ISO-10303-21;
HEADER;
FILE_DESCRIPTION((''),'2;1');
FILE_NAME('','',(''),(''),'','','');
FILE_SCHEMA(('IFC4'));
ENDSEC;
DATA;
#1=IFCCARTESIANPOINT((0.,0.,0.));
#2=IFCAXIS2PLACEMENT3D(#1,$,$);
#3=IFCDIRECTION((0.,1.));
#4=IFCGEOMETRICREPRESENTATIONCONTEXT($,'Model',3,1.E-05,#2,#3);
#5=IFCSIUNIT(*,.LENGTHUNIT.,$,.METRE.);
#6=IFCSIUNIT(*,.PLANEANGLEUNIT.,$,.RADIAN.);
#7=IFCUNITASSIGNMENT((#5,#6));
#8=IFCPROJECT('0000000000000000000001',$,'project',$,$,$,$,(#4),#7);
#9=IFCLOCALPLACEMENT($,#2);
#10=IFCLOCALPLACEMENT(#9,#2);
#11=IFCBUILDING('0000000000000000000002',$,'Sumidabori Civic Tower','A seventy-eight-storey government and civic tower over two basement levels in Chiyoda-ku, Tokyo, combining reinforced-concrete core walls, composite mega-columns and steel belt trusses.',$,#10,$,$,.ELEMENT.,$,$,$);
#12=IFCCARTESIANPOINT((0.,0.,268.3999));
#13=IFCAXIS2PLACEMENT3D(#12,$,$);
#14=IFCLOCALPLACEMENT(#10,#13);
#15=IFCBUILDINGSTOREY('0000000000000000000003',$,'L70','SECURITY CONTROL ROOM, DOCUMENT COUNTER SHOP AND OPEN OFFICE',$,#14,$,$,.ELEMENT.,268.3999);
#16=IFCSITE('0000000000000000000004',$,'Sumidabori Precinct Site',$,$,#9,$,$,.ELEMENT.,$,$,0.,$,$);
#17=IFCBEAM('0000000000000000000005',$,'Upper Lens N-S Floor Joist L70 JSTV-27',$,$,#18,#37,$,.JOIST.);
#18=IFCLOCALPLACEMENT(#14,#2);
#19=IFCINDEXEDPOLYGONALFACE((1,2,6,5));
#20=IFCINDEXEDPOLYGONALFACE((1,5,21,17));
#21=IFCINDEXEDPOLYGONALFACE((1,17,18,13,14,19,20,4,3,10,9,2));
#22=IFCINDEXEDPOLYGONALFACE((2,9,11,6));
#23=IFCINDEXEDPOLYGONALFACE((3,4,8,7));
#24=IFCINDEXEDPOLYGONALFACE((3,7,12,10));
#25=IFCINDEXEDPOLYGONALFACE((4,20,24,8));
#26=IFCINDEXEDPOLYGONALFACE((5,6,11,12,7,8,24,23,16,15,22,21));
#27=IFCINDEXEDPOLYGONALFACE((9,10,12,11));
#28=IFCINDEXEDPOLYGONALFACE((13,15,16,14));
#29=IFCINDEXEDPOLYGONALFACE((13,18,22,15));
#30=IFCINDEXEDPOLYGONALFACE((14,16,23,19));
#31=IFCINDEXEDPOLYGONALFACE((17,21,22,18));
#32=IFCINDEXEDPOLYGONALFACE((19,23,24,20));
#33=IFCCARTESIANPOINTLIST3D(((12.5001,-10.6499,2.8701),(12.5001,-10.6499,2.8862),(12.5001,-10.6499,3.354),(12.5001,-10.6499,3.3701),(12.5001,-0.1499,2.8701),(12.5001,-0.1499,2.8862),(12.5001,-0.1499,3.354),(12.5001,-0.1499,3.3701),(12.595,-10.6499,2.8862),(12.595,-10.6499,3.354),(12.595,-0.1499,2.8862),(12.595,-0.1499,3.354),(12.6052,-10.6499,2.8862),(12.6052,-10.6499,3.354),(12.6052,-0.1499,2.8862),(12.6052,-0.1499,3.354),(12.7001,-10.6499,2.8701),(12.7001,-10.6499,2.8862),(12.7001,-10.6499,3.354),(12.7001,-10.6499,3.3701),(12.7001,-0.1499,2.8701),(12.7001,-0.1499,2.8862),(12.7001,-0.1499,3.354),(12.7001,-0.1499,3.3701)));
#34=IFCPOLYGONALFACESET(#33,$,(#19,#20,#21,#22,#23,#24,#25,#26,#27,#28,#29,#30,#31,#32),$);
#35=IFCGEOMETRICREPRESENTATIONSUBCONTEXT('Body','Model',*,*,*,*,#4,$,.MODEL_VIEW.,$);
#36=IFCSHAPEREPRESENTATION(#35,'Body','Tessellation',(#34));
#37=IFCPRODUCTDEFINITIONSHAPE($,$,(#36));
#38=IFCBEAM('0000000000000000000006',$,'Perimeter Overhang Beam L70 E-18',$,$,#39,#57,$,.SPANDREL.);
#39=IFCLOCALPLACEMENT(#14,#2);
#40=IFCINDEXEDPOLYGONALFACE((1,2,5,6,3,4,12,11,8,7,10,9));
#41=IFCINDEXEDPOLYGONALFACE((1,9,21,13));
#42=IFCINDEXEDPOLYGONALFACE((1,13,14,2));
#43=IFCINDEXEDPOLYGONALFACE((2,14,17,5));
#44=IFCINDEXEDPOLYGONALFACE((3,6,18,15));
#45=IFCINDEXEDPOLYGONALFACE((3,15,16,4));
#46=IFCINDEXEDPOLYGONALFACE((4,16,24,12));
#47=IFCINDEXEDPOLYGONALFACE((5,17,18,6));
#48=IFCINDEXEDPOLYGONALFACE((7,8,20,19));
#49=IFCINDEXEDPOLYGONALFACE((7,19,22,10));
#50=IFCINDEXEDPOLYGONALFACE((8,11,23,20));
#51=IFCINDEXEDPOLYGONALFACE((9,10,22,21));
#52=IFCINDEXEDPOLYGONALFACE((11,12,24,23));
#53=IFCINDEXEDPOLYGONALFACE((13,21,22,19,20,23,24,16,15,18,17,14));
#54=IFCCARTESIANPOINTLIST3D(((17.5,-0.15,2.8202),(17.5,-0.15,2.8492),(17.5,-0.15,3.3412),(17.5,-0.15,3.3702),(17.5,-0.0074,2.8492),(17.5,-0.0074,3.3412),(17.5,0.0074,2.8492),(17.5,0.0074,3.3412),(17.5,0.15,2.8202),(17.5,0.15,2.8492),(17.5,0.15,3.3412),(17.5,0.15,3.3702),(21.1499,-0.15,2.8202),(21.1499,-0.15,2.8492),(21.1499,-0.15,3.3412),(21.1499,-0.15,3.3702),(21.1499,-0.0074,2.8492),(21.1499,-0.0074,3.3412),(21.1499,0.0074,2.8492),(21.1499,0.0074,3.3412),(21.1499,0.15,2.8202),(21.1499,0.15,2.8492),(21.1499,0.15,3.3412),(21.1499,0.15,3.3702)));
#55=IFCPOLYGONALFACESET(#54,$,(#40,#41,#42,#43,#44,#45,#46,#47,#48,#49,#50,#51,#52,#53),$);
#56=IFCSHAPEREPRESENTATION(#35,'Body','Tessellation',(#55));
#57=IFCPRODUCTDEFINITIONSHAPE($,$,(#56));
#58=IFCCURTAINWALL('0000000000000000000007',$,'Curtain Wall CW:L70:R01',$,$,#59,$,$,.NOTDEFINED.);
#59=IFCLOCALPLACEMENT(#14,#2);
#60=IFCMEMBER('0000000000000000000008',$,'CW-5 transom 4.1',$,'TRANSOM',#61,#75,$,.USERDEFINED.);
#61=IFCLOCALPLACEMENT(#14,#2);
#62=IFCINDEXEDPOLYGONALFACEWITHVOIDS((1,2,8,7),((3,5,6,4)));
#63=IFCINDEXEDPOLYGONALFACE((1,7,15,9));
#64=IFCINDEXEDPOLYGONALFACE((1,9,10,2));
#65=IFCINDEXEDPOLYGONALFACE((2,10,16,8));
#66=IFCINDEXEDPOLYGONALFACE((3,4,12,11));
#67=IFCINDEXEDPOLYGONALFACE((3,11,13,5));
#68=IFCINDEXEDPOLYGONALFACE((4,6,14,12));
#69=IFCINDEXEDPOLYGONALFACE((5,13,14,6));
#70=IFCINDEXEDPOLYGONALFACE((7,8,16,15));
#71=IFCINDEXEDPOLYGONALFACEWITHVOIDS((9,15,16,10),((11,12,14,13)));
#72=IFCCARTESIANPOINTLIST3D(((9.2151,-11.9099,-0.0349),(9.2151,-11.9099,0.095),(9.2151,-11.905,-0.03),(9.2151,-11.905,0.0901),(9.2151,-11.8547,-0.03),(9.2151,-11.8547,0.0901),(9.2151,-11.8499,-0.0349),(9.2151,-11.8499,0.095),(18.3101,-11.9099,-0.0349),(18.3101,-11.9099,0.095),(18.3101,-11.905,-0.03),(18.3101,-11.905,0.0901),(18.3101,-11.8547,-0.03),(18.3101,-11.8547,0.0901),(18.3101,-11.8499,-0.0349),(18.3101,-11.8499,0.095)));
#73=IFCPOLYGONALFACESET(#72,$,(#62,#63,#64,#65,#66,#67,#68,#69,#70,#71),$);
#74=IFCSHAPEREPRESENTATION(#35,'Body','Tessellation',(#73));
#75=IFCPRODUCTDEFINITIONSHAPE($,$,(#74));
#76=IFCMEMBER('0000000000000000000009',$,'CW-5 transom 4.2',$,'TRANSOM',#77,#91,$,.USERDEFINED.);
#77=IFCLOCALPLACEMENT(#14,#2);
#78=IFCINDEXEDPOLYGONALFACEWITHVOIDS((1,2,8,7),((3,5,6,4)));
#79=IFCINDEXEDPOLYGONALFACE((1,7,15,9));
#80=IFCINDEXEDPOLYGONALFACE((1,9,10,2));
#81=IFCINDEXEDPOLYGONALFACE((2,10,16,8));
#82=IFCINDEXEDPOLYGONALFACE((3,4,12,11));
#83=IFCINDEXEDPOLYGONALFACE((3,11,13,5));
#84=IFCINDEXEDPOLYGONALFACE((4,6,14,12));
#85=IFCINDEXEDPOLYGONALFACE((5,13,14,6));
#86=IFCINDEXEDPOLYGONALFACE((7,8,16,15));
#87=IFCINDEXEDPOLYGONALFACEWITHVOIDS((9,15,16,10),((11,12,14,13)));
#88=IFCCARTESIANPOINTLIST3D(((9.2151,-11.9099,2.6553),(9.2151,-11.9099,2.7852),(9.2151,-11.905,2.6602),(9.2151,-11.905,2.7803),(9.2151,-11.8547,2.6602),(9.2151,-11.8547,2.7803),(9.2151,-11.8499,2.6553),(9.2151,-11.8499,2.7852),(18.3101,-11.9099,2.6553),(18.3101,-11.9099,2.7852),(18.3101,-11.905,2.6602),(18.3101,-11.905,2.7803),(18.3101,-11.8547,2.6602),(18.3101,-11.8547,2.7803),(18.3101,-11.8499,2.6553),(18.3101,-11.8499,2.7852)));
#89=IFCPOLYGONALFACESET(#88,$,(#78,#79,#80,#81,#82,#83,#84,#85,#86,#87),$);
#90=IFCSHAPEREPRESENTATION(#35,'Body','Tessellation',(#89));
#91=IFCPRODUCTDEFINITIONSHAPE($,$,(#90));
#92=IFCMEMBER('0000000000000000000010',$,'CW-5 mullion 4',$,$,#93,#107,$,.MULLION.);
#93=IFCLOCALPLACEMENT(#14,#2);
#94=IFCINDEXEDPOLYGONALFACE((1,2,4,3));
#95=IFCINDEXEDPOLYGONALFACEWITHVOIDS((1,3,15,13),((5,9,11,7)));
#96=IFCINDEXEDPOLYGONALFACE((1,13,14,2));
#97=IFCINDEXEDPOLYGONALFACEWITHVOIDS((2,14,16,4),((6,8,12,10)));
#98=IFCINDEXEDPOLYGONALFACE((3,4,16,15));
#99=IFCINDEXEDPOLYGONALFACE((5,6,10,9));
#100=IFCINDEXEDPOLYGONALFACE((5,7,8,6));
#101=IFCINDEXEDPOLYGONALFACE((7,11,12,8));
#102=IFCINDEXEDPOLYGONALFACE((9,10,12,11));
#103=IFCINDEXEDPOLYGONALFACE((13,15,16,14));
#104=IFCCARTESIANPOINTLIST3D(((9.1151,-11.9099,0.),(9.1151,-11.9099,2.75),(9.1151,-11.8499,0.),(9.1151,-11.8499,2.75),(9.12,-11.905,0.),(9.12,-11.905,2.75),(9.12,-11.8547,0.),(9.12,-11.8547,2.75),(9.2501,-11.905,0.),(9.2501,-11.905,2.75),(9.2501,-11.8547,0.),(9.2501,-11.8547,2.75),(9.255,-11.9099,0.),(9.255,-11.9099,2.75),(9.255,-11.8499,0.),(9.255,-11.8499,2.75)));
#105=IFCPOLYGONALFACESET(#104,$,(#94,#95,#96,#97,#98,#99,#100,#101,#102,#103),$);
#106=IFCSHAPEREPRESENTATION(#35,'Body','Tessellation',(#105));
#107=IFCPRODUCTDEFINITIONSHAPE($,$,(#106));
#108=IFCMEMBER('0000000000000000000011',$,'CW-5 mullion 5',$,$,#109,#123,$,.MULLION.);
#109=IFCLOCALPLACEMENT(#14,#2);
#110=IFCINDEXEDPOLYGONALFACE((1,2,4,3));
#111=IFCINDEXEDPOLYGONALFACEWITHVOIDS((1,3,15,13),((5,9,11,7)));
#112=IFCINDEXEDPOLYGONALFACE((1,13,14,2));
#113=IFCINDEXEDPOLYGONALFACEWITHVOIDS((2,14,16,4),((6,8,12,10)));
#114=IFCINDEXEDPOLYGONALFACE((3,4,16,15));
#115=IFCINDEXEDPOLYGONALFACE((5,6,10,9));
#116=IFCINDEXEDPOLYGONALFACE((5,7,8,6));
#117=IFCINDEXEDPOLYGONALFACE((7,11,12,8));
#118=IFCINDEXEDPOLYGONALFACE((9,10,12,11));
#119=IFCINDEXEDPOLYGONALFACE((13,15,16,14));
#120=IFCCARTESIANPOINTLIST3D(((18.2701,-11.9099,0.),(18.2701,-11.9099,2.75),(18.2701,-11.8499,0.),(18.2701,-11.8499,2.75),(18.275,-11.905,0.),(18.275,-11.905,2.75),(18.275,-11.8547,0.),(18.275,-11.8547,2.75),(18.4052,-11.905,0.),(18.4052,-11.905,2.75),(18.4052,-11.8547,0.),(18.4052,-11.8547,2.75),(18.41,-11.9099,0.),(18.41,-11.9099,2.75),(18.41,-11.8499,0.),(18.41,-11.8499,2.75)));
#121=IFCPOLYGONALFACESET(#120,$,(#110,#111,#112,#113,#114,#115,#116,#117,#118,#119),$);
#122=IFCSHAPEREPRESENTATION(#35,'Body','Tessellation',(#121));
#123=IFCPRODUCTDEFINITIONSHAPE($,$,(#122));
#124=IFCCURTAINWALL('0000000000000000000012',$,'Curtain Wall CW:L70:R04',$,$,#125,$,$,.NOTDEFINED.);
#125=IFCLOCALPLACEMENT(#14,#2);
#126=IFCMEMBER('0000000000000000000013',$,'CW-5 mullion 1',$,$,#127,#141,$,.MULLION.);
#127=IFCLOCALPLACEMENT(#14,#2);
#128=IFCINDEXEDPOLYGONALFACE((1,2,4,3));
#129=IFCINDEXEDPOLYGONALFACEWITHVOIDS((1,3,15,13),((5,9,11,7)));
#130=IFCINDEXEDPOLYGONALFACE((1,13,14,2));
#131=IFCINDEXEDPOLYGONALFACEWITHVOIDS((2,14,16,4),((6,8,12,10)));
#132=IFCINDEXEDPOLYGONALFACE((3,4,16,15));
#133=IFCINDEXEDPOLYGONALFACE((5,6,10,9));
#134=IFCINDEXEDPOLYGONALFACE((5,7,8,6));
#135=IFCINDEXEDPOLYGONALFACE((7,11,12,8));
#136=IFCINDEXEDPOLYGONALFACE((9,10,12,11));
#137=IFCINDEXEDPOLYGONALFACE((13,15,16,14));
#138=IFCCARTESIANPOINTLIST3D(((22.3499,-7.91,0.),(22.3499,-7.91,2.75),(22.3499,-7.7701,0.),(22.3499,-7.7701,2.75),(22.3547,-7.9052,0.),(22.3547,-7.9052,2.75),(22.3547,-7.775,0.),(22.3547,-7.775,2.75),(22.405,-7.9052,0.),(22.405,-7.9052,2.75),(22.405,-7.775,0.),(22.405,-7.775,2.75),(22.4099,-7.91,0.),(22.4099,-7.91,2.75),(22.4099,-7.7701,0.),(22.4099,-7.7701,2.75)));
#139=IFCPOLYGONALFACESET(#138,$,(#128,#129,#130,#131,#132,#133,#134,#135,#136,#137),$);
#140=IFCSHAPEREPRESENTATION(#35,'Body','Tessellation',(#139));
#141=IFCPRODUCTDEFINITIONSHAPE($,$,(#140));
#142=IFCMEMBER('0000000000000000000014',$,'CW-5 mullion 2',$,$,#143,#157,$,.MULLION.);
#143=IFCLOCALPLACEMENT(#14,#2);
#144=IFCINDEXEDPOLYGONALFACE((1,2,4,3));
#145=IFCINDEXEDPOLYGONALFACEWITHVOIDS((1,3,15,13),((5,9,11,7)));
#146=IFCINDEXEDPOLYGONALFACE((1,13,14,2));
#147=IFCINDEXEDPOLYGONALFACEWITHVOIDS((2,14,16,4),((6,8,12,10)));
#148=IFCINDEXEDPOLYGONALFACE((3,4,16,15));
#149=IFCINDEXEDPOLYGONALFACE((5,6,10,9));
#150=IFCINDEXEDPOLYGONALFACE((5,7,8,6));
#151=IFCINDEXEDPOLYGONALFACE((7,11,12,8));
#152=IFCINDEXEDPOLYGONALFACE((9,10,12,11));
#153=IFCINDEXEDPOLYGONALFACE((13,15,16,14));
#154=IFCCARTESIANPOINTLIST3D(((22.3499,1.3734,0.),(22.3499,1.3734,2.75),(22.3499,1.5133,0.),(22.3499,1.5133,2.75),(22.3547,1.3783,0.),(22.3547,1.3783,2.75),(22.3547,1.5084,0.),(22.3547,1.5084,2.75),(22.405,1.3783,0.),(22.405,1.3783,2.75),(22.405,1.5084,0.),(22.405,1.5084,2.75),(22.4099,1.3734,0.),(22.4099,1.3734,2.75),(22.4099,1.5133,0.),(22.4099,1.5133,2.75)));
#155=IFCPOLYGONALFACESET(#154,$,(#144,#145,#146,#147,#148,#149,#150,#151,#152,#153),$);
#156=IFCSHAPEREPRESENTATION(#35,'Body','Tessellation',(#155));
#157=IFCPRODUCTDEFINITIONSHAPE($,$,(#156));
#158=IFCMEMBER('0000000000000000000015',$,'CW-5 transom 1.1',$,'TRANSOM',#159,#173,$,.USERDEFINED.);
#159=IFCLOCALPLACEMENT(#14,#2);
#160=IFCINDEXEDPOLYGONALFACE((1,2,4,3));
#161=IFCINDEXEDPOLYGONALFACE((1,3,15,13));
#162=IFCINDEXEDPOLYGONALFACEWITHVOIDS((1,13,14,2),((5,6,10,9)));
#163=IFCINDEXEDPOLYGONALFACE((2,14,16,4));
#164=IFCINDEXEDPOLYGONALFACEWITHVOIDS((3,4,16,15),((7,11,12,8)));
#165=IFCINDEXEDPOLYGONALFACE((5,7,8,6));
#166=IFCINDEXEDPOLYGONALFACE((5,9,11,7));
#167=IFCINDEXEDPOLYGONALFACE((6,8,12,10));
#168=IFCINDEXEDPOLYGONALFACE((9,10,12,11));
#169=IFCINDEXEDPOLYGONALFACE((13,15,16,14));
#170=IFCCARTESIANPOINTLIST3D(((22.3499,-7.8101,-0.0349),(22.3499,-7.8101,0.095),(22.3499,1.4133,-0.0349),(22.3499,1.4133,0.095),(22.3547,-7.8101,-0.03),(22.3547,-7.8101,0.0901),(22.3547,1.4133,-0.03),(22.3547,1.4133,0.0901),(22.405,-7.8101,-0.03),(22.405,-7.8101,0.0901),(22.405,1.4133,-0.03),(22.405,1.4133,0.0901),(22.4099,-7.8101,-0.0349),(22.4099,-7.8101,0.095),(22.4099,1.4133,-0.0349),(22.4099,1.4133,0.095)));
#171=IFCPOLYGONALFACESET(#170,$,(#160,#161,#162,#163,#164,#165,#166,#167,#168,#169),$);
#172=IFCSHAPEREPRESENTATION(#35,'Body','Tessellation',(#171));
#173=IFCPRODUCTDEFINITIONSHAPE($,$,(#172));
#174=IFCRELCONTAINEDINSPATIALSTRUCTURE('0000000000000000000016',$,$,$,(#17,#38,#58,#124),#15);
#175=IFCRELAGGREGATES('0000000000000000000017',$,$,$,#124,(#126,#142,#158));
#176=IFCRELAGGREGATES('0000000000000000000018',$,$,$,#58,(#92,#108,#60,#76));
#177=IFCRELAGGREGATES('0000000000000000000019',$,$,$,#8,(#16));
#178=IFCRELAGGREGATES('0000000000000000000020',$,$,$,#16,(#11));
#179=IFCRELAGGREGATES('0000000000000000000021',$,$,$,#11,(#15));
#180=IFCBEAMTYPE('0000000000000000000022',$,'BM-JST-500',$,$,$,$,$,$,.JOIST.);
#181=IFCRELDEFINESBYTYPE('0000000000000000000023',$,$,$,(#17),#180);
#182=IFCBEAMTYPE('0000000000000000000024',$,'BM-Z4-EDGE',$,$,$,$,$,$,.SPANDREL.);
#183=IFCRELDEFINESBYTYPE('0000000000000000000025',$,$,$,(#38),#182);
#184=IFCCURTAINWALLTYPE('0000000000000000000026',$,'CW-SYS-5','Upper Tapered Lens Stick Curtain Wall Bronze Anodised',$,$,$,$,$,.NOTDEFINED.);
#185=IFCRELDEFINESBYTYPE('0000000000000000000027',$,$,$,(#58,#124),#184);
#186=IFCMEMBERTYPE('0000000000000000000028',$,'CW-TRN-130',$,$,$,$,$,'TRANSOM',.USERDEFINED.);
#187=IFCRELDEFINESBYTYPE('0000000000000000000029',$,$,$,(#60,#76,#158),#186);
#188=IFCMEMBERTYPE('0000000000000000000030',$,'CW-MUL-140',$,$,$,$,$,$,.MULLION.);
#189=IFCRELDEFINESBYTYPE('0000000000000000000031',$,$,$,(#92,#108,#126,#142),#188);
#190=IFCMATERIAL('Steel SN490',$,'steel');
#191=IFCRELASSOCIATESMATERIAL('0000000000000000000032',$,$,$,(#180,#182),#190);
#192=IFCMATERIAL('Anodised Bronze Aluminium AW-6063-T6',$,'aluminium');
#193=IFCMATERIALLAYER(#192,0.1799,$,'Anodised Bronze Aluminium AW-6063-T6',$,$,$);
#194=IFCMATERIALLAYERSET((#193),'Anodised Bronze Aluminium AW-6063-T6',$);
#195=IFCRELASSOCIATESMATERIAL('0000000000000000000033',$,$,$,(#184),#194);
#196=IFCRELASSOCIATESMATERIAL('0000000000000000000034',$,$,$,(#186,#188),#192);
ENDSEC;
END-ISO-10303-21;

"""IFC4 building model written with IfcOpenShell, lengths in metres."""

from ifc_helpers import new_model, si_unit, direction, frame, origin, origin_2d, place, context, subcontext, project, spatial, hollow_rectangle, i_section, extrude, source, transform, mapped, material, layer, layer_set, material_profile, profile_set, type_object, element, aggregate, save


model = new_model("IFC4")

# Units and contexts
model_context = context("Model", 3, precision=1e-05, world=origin(), true_north=direction((0.0, 1.0)))
body_context = subcontext(model_context, "Body", "Model", "MODEL_VIEW")
ifc_project = project(units=[si_unit("LENGTHUNIT", "METRE"), si_unit("PLANEANGLEUNIT", "RADIAN")], contexts=[model_context])

# Site, building, storey
site_placement = place(None, origin())
site = spatial("IfcSite", under=ifc_project, at=site_placement, Name="Sumidabori Precinct Site", CompositionType="ELEMENT", RefElevation=0.0)
building_placement = place(site_placement, origin())
building = spatial("IfcBuilding", under=site, at=building_placement, Name="Sumidabori Civic Tower", Description="A seventy-eight-storey government and civic tower over two basement levels in Chiyoda-ku, Tokyo, combining reinforced-concrete core walls, composite mega-columns and steel belt trusses.", CompositionType="ELEMENT")
storey_placement = place(building_placement, frame((0.0, 0.0, 268.3999)))
storey = spatial("IfcBuildingStorey", under=building, at=storey_placement, Name="L70", Description="SECURITY CONTROL ROOM, DOCUMENT COUNTER SHOP AND OPEN OFFICE", CompositionType="ELEMENT", Elevation=268.3999)

# Beams
ifc_material_1 = material(Name="Steel SN490", Category="steel")
ifc_material_profile_1 = material_profile(ifc_material_1, i_section(OverallWidth=0.2, OverallDepth=0.5, WebThickness=0.0103, FlangeThickness=0.0161, at=origin_2d()), Name="IPE 500")
ifc_profile_set_1 = profile_set([ifc_material_profile_1], Name="Steel SN490")
beam_type_1 = type_object("IfcBeamType", Name="BM-JST-500", PredefinedType="JOIST", material=ifc_profile_set_1)
shared_shape_1 = source(origin(), body_context, "Body", "SweptSolid", [
    extrude(i_section(OverallWidth=0.2, OverallDepth=0.5, WebThickness=0.0103, FlangeThickness=0.0161, at=origin_2d()), origin(), (0.0, 0.0, 1.0), 10.5),
])
beam_1_placement = place(storey_placement, frame((12.6001, -10.6499, 3.1201), z_axis=(0.0, 1.0, 0.0), x_axis=(-1.0, 0.0, 0.0)))
element("IfcBeam", 1, at=beam_1_placement, inside=storey, type_object=beam_type_1, Name="Upper Lens N-S Floor Joist L70 JSTV-27", PredefinedType="JOIST", context=body_context, shape_type="MappedRepresentation", body=[
    mapped(shared_shape_1, transform((0.0, 0.0, 0.0), x_axis=(1.0, 0.0, 0.0), y_axis=(0.0, 1.0, 0.0), z_axis=(0.0, 0.0, 1.0), scale=1.0)),
])
ifc_material_profile_2 = material_profile(ifc_material_1, i_section(OverallWidth=0.3, OverallDepth=0.55, WebThickness=0.0149, FlangeThickness=0.0291, at=origin_2d()), Name="HE 550 B")
ifc_profile_set_2 = profile_set([ifc_material_profile_2], Name="Steel SN490")
beam_type_2 = type_object("IfcBeamType", Name="BM-Z4-EDGE", PredefinedType="SPANDREL", material=ifc_profile_set_2)
shared_shape_2 = source(origin(), body_context, "Body", "SweptSolid", [
    extrude(i_section(OverallWidth=0.3, OverallDepth=0.55, WebThickness=0.0149, FlangeThickness=0.0291, at=origin_2d()), origin(), (0.0, 0.0, 1.0), 3.6499),
])
beam_2_placement = place(storey_placement, frame((17.5, 0.0, 3.0952), z_axis=(1.0, 0.0, 0.0), x_axis=(0.0, 1.0, 0.0)))
element("IfcBeam", 2, at=beam_2_placement, inside=storey, type_object=beam_type_2, Name="Perimeter Overhang Beam L70 E-18", PredefinedType="SPANDREL", context=body_context, shape_type="MappedRepresentation", body=[
    mapped(shared_shape_2, transform((0.0, 0.0, 0.0), x_axis=(1.0, 0.0, 0.0), y_axis=(0.0, 1.0, 0.0), z_axis=(0.0, 0.0, 1.0), scale=1.0)),
])

# Curtain wall, members
ifc_material_2 = material(Name="Anodised Bronze Aluminium AW-6063-T6", Category="aluminium")
ifc_layer_1 = layer(ifc_material_2, 0.1799, Name="Anodised Bronze Aluminium AW-6063-T6")
ifc_layer_set_1 = layer_set([ifc_layer_1], Name="Anodised Bronze Aluminium AW-6063-T6")
curtain_wall_type = type_object("IfcCurtainWallType", Name="CW-SYS-5", Description="Upper Tapered Lens Stick Curtain Wall Bronze Anodised", PredefinedType="NOTDEFINED", material=ifc_layer_set_1)
curtain_wall_1_placement = place(storey_placement, origin())
curtain_wall_1 = element("IfcCurtainWall", 3, at=curtain_wall_1_placement, inside=storey, type_object=curtain_wall_type, Name="Curtain Wall CW:L70:R01", PredefinedType="NOTDEFINED")
ifc_material_profile_3 = material_profile(ifc_material_2, hollow_rectangle(XDim=0.0601, YDim=0.1299, WallThickness=0.0049, at=origin_2d()), Name="ALU TRANSOM 130x60")
ifc_profile_set_3 = profile_set([ifc_material_profile_3], Name="Anodised Bronze Aluminium AW-6063-T6")
member_type_1 = type_object("IfcMemberType", Name="CW-TRN-130", ElementType="TRANSOM", PredefinedType="USERDEFINED", material=ifc_profile_set_3)
shared_shape_3 = source(origin(), body_context, "Body", "SweptSolid", [
    extrude(hollow_rectangle(XDim=0.0601, YDim=0.1299, WallThickness=0.0049, at=origin_2d()), origin(), (0.0, 0.0, 1.0), 9.095),
])
member_1_placement = place(storey_placement, frame((9.2151, -11.8799, 0.03), z_axis=(1.0, 0.0, 0.0), x_axis=(0.0, 1.0, 0.0)))
member_1 = element("IfcMember", 4, at=member_1_placement, type_object=member_type_1, Name="CW-5 transom 4.1", ObjectType="TRANSOM", PredefinedType="USERDEFINED", context=body_context, shape_type="MappedRepresentation", body=[
    mapped(shared_shape_3, transform((0.0, 0.0, 0.0), x_axis=(1.0, 0.0, 0.0), y_axis=(0.0, 1.0, 0.0), z_axis=(0.0, 0.0, 1.0), scale=1.0)),
])
member_2_placement = place(storey_placement, frame((9.2151, -11.8799, 2.7202), z_axis=(1.0, 0.0, 0.0), x_axis=(0.0, 1.0, 0.0)))
member_2 = element("IfcMember", 5, at=member_2_placement, type_object=member_type_1, Name="CW-5 transom 4.2", ObjectType="TRANSOM", PredefinedType="USERDEFINED", context=body_context, shape_type="MappedRepresentation", body=[
    mapped(shared_shape_3, transform((0.0, 0.0, 0.0), x_axis=(1.0, 0.0, 0.0), y_axis=(0.0, 1.0, 0.0), z_axis=(0.0, 0.0, 1.0), scale=1.0)),
])
ifc_material_profile_4 = material_profile(ifc_material_2, hollow_rectangle(XDim=0.0601, YDim=0.1399, WallThickness=0.0049, at=origin_2d()), Name="ALU MULLION 140x60")
ifc_profile_set_4 = profile_set([ifc_material_profile_4], Name="Anodised Bronze Aluminium AW-6063-T6")
member_type_2 = type_object("IfcMemberType", Name="CW-MUL-140", PredefinedType="MULLION", material=ifc_profile_set_4)
shared_shape_4 = source(origin(), body_context, "Body", "SweptSolid", [
    extrude(hollow_rectangle(XDim=0.0601, YDim=0.1399, WallThickness=0.0049, at=origin_2d()), origin(), (0.0, 0.0, 1.0), 2.75),
])
member_3_placement = place(storey_placement, frame((9.1851, -11.8799, 0.0), z_axis=(0.0, 0.0, 1.0), x_axis=(0.0, 1.0, 0.0)))
member_3 = element("IfcMember", 6, at=member_3_placement, type_object=member_type_2, Name="CW-5 mullion 4", PredefinedType="MULLION", context=body_context, shape_type="MappedRepresentation", body=[
    mapped(shared_shape_4, transform((0.0, 0.0, 0.0), x_axis=(1.0, 0.0, 0.0), y_axis=(0.0, 1.0, 0.0), z_axis=(0.0, 0.0, 1.0), scale=1.0)),
])
member_4_placement = place(storey_placement, frame((18.3401, -11.8799, 0.0), z_axis=(0.0, 0.0, 1.0), x_axis=(0.0, 1.0, 0.0)))
member_4 = element("IfcMember", 7, at=member_4_placement, type_object=member_type_2, Name="CW-5 mullion 5", PredefinedType="MULLION", context=body_context, shape_type="MappedRepresentation", body=[
    mapped(shared_shape_4, transform((0.0, 0.0, 0.0), x_axis=(1.0, 0.0, 0.0), y_axis=(0.0, 1.0, 0.0), z_axis=(0.0, 0.0, 1.0), scale=1.0)),
])

# Curtain wall, members
curtain_wall_2_placement = place(storey_placement, origin())
curtain_wall_2 = element("IfcCurtainWall", 8, at=curtain_wall_2_placement, inside=storey, type_object=curtain_wall_type, Name="Curtain Wall CW:L70:R04", PredefinedType="NOTDEFINED")
member_5_placement = place(storey_placement, frame((22.3799, -7.8401, 0.0), z_axis=(0.0, 0.0, 1.0), x_axis=(-1.0, 0.0, 0.0)))
member_5 = element("IfcMember", 9, at=member_5_placement, type_object=member_type_2, Name="CW-5 mullion 1", PredefinedType="MULLION", context=body_context, shape_type="MappedRepresentation", body=[
    mapped(shared_shape_4, transform((0.0, 0.0, 0.0), x_axis=(1.0, 0.0, 0.0), y_axis=(0.0, 1.0, 0.0), z_axis=(0.0, 0.0, 1.0), scale=1.0)),
])
member_6_placement = place(storey_placement, frame((22.3799, 1.4434, 0.0), z_axis=(0.0, 0.0, 1.0), x_axis=(-1.0, 0.0, 0.0)))
member_6 = element("IfcMember", 10, at=member_6_placement, type_object=member_type_2, Name="CW-5 mullion 2", PredefinedType="MULLION", context=body_context, shape_type="MappedRepresentation", body=[
    mapped(shared_shape_4, transform((0.0, 0.0, 0.0), x_axis=(1.0, 0.0, 0.0), y_axis=(0.0, 1.0, 0.0), z_axis=(0.0, 0.0, 1.0), scale=1.0)),
])
shared_shape_5 = source(origin(), body_context, "Body", "SweptSolid", [
    extrude(hollow_rectangle(XDim=0.0601, YDim=0.1299, WallThickness=0.0049, at=origin_2d()), origin(), (0.0, 0.0, 1.0), 9.2234),
])
member_7_placement = place(storey_placement, frame((22.3799, -7.8101, 0.03), z_axis=(0.0, 1.0, 0.0), x_axis=(-1.0, 0.0, 0.0)))
member_7 = element("IfcMember", 11, at=member_7_placement, type_object=member_type_1, Name="CW-5 transom 1.1", ObjectType="TRANSOM", PredefinedType="USERDEFINED", context=body_context, shape_type="MappedRepresentation", body=[
    mapped(shared_shape_5, transform((0.0, 0.0, 0.0), x_axis=(1.0, 0.0, 0.0), y_axis=(0.0, 1.0, 0.0), z_axis=(0.0, 0.0, 1.0), scale=1.0)),
])
aggregate(curtain_wall_2, [member_5, member_6, member_7])

aggregate(curtain_wall_1, [member_3, member_4, member_1, member_2])

save(model, "model.ifc")
